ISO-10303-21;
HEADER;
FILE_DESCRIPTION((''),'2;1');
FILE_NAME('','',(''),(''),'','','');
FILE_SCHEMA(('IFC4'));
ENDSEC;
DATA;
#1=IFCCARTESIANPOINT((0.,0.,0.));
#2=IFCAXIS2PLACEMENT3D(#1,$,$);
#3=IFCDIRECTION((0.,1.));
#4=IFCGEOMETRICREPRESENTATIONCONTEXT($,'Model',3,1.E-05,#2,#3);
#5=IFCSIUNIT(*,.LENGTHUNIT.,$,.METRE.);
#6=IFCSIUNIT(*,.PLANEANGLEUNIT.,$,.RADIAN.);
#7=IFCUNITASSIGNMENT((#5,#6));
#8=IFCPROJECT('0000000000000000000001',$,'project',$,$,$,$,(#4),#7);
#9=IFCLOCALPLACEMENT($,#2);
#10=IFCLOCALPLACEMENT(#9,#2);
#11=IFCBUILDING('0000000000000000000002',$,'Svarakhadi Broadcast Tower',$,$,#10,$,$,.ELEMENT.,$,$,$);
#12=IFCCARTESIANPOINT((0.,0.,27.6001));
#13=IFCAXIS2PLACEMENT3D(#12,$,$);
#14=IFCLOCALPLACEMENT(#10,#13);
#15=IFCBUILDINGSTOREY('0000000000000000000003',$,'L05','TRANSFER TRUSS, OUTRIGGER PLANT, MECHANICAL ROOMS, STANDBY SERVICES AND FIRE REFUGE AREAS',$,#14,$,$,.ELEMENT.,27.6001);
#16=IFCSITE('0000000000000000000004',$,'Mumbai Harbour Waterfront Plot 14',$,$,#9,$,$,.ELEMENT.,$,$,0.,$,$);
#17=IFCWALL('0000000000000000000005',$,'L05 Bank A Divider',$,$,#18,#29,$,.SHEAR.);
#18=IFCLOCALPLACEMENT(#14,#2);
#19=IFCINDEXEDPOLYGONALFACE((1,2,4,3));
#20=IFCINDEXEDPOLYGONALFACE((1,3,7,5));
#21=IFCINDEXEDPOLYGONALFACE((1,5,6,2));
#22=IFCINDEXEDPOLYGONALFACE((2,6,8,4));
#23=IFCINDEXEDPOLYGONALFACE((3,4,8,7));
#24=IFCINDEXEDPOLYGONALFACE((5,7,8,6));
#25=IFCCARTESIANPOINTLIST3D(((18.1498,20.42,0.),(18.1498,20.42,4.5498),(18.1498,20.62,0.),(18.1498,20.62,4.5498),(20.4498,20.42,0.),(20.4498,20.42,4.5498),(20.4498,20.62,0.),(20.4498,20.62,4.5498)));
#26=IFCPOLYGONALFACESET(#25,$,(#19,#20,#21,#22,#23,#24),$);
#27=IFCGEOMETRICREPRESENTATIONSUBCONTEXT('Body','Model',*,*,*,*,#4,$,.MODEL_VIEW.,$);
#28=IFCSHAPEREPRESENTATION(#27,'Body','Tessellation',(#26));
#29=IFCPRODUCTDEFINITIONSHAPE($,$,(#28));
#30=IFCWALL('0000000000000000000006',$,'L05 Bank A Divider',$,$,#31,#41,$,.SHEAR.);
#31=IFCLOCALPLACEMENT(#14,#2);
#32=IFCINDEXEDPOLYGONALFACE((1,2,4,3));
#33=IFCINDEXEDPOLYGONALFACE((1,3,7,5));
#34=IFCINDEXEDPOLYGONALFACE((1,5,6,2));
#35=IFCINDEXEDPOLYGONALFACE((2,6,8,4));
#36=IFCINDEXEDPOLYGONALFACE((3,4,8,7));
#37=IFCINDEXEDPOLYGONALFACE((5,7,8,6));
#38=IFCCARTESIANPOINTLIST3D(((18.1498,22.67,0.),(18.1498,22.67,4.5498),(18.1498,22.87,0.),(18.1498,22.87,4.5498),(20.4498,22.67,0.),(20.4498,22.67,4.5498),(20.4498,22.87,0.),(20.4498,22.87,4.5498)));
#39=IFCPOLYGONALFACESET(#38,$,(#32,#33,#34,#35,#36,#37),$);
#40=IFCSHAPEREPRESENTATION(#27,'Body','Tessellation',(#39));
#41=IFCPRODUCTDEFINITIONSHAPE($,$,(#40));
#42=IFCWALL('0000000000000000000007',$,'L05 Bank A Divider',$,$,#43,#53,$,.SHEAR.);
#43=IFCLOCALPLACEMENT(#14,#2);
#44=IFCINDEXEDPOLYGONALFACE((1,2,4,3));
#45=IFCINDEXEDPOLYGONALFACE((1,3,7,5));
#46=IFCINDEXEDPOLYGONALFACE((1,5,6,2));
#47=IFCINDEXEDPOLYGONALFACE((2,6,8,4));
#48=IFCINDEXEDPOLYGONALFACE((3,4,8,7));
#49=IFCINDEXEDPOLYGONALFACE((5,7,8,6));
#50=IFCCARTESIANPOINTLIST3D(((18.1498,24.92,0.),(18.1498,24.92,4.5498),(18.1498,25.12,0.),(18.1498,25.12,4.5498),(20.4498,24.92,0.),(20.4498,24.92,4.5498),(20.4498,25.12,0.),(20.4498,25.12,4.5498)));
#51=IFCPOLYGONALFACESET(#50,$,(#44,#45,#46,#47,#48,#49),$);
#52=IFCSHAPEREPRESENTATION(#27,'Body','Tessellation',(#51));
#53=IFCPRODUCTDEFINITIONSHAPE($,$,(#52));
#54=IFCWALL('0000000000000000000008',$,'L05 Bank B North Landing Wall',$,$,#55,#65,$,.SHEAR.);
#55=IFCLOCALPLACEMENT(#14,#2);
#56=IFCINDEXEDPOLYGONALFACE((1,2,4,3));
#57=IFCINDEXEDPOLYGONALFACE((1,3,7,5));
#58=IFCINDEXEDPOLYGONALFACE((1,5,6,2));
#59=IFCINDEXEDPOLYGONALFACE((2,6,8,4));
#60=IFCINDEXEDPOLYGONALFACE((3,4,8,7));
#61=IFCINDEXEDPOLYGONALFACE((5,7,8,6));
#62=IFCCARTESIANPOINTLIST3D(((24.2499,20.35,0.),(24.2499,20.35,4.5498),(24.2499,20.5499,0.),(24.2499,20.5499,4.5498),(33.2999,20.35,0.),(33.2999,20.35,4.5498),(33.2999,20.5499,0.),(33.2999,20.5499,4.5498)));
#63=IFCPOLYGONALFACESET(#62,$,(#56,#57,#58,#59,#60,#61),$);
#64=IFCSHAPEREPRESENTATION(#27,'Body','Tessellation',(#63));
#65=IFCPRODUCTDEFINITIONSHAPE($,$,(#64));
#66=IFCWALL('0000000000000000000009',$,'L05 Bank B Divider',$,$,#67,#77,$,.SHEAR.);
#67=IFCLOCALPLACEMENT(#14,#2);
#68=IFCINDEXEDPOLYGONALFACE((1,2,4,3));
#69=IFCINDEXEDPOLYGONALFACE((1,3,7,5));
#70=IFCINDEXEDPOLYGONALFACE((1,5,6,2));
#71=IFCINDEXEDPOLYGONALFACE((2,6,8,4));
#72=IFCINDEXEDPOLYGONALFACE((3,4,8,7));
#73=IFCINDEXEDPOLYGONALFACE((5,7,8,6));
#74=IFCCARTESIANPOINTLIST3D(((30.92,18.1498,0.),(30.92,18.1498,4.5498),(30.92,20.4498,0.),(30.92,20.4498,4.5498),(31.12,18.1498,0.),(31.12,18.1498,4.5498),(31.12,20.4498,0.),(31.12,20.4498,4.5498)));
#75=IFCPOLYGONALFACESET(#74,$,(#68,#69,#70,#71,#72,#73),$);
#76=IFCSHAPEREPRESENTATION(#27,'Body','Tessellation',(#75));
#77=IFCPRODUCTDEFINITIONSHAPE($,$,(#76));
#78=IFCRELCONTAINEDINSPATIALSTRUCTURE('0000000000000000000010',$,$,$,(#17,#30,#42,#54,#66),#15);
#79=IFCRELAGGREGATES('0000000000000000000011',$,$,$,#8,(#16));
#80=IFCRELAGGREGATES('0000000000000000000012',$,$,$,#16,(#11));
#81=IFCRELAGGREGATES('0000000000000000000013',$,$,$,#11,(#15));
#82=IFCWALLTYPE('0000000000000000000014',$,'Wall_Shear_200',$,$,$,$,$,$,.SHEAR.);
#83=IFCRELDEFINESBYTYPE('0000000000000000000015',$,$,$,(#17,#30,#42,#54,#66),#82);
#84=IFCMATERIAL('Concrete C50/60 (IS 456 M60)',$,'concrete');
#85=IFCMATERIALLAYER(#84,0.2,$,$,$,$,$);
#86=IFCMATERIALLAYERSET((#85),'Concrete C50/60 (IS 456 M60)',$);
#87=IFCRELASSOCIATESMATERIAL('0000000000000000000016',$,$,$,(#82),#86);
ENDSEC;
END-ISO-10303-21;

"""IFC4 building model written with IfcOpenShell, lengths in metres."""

from ifc_helpers import new_model, si_unit, direction, frame, frame_2d, origin, place, context, subcontext, project, spatial, rectangle, extrude, material, layer, layer_set, type_object, element, save


model = new_model("IFC4")

# Units and contexts
model_context = context("Model", 3, precision=1e-05, world=origin(), true_north=direction((0.0, 1.0)))
body_context = subcontext(model_context, "Body", "Model", "MODEL_VIEW")
ifc_project = project(units=[si_unit("LENGTHUNIT", "METRE"), si_unit("PLANEANGLEUNIT", "RADIAN")], contexts=[model_context])

# Site, building, storey
site_placement = place(None, origin())
site = spatial("IfcSite", under=ifc_project, at=site_placement, Name="Mumbai Harbour Waterfront Plot 14", CompositionType="ELEMENT", RefElevation=0.0)
building_placement = place(site_placement, origin())
building = spatial("IfcBuilding", under=site, at=building_placement, Name="Svarakhadi Broadcast Tower", CompositionType="ELEMENT")
storey_placement = place(building_placement, frame((0.0, 0.0, 27.6001)))
storey = spatial("IfcBuildingStorey", under=building, at=storey_placement, Name="L05", Description="TRANSFER TRUSS, OUTRIGGER PLANT, MECHANICAL ROOMS, STANDBY SERVICES AND FIRE REFUGE AREAS", CompositionType="ELEMENT", Elevation=27.6001)

# Walls
ifc_material_1 = material(Name="Concrete C50/60 (IS 456 M60)", Category="concrete")
ifc_layer_1 = layer(ifc_material_1, 0.2)
ifc_layer_set_1 = layer_set([ifc_layer_1], Name="Concrete C50/60 (IS 456 M60)")
wall_type_1 = type_object("IfcWallType", Name="Wall_Shear_200", PredefinedType="SHEAR", material=ifc_layer_set_1)
for number, where, z_axis, x_axis, name in (
    (1, (18.1499, 20.52, 0.0), (0.0, 0.0, 1.0), (1.0, 0.0, 0.0), "L05 Bank A Divider"),
    (2, (18.1499, 22.77, 0.0), (0.0, 0.0, 1.0), (1.0, 0.0, 0.0), "L05 Bank A Divider"),
    (3, (18.1499, 25.02, 0.0), (0.0, 0.0, 1.0), (1.0, 0.0, 0.0), "L05 Bank A Divider"),
):
    element("IfcWall", number, at=place(storey_placement, frame(where, z_axis=z_axis, x_axis=x_axis)), inside=storey, type_object=wall_type_1, Name=name, PredefinedType="SHEAR", context=body_context, shape_type="SweptSolid", body=[
        extrude(rectangle(XDim=2.3, YDim=0.2, at=frame_2d((1.1499, 0.0))), origin(), (0.0, 0.0, 1.0), 4.5498),
    ])
wall_1_placement = place(storey_placement, frame((24.25, 20.45, 0.0), z_axis=(0.0, 0.0, 1.0), x_axis=(1.0, 0.0, 0.0)))
element("IfcWall", 4, at=wall_1_placement, inside=storey, type_object=wall_type_1, Name="L05 Bank B North Landing Wall", PredefinedType="SHEAR", context=body_context, shape_type="SweptSolid", body=[
    extrude(rectangle(XDim=9.05, YDim=0.2, at=frame_2d((4.5249, 0.0))), origin(), (0.0, 0.0, 1.0), 4.5498),
])
wall_2_placement = place(storey_placement, frame((31.02, 18.1499, 0.0), z_axis=(0.0, 0.0, 1.0), x_axis=(0.0, 1.0, 0.0)))
element("IfcWall", 5, at=wall_2_placement, inside=storey, type_object=wall_type_1, Name="L05 Bank B Divider", PredefinedType="SHEAR", context=body_context, shape_type="SweptSolid", body=[
    extrude(rectangle(XDim=2.3, YDim=0.2, at=frame_2d((1.1499, 0.0))), origin(), (0.0, 0.0, 1.0), 4.5498),
])

save(model, "model.ifc")
